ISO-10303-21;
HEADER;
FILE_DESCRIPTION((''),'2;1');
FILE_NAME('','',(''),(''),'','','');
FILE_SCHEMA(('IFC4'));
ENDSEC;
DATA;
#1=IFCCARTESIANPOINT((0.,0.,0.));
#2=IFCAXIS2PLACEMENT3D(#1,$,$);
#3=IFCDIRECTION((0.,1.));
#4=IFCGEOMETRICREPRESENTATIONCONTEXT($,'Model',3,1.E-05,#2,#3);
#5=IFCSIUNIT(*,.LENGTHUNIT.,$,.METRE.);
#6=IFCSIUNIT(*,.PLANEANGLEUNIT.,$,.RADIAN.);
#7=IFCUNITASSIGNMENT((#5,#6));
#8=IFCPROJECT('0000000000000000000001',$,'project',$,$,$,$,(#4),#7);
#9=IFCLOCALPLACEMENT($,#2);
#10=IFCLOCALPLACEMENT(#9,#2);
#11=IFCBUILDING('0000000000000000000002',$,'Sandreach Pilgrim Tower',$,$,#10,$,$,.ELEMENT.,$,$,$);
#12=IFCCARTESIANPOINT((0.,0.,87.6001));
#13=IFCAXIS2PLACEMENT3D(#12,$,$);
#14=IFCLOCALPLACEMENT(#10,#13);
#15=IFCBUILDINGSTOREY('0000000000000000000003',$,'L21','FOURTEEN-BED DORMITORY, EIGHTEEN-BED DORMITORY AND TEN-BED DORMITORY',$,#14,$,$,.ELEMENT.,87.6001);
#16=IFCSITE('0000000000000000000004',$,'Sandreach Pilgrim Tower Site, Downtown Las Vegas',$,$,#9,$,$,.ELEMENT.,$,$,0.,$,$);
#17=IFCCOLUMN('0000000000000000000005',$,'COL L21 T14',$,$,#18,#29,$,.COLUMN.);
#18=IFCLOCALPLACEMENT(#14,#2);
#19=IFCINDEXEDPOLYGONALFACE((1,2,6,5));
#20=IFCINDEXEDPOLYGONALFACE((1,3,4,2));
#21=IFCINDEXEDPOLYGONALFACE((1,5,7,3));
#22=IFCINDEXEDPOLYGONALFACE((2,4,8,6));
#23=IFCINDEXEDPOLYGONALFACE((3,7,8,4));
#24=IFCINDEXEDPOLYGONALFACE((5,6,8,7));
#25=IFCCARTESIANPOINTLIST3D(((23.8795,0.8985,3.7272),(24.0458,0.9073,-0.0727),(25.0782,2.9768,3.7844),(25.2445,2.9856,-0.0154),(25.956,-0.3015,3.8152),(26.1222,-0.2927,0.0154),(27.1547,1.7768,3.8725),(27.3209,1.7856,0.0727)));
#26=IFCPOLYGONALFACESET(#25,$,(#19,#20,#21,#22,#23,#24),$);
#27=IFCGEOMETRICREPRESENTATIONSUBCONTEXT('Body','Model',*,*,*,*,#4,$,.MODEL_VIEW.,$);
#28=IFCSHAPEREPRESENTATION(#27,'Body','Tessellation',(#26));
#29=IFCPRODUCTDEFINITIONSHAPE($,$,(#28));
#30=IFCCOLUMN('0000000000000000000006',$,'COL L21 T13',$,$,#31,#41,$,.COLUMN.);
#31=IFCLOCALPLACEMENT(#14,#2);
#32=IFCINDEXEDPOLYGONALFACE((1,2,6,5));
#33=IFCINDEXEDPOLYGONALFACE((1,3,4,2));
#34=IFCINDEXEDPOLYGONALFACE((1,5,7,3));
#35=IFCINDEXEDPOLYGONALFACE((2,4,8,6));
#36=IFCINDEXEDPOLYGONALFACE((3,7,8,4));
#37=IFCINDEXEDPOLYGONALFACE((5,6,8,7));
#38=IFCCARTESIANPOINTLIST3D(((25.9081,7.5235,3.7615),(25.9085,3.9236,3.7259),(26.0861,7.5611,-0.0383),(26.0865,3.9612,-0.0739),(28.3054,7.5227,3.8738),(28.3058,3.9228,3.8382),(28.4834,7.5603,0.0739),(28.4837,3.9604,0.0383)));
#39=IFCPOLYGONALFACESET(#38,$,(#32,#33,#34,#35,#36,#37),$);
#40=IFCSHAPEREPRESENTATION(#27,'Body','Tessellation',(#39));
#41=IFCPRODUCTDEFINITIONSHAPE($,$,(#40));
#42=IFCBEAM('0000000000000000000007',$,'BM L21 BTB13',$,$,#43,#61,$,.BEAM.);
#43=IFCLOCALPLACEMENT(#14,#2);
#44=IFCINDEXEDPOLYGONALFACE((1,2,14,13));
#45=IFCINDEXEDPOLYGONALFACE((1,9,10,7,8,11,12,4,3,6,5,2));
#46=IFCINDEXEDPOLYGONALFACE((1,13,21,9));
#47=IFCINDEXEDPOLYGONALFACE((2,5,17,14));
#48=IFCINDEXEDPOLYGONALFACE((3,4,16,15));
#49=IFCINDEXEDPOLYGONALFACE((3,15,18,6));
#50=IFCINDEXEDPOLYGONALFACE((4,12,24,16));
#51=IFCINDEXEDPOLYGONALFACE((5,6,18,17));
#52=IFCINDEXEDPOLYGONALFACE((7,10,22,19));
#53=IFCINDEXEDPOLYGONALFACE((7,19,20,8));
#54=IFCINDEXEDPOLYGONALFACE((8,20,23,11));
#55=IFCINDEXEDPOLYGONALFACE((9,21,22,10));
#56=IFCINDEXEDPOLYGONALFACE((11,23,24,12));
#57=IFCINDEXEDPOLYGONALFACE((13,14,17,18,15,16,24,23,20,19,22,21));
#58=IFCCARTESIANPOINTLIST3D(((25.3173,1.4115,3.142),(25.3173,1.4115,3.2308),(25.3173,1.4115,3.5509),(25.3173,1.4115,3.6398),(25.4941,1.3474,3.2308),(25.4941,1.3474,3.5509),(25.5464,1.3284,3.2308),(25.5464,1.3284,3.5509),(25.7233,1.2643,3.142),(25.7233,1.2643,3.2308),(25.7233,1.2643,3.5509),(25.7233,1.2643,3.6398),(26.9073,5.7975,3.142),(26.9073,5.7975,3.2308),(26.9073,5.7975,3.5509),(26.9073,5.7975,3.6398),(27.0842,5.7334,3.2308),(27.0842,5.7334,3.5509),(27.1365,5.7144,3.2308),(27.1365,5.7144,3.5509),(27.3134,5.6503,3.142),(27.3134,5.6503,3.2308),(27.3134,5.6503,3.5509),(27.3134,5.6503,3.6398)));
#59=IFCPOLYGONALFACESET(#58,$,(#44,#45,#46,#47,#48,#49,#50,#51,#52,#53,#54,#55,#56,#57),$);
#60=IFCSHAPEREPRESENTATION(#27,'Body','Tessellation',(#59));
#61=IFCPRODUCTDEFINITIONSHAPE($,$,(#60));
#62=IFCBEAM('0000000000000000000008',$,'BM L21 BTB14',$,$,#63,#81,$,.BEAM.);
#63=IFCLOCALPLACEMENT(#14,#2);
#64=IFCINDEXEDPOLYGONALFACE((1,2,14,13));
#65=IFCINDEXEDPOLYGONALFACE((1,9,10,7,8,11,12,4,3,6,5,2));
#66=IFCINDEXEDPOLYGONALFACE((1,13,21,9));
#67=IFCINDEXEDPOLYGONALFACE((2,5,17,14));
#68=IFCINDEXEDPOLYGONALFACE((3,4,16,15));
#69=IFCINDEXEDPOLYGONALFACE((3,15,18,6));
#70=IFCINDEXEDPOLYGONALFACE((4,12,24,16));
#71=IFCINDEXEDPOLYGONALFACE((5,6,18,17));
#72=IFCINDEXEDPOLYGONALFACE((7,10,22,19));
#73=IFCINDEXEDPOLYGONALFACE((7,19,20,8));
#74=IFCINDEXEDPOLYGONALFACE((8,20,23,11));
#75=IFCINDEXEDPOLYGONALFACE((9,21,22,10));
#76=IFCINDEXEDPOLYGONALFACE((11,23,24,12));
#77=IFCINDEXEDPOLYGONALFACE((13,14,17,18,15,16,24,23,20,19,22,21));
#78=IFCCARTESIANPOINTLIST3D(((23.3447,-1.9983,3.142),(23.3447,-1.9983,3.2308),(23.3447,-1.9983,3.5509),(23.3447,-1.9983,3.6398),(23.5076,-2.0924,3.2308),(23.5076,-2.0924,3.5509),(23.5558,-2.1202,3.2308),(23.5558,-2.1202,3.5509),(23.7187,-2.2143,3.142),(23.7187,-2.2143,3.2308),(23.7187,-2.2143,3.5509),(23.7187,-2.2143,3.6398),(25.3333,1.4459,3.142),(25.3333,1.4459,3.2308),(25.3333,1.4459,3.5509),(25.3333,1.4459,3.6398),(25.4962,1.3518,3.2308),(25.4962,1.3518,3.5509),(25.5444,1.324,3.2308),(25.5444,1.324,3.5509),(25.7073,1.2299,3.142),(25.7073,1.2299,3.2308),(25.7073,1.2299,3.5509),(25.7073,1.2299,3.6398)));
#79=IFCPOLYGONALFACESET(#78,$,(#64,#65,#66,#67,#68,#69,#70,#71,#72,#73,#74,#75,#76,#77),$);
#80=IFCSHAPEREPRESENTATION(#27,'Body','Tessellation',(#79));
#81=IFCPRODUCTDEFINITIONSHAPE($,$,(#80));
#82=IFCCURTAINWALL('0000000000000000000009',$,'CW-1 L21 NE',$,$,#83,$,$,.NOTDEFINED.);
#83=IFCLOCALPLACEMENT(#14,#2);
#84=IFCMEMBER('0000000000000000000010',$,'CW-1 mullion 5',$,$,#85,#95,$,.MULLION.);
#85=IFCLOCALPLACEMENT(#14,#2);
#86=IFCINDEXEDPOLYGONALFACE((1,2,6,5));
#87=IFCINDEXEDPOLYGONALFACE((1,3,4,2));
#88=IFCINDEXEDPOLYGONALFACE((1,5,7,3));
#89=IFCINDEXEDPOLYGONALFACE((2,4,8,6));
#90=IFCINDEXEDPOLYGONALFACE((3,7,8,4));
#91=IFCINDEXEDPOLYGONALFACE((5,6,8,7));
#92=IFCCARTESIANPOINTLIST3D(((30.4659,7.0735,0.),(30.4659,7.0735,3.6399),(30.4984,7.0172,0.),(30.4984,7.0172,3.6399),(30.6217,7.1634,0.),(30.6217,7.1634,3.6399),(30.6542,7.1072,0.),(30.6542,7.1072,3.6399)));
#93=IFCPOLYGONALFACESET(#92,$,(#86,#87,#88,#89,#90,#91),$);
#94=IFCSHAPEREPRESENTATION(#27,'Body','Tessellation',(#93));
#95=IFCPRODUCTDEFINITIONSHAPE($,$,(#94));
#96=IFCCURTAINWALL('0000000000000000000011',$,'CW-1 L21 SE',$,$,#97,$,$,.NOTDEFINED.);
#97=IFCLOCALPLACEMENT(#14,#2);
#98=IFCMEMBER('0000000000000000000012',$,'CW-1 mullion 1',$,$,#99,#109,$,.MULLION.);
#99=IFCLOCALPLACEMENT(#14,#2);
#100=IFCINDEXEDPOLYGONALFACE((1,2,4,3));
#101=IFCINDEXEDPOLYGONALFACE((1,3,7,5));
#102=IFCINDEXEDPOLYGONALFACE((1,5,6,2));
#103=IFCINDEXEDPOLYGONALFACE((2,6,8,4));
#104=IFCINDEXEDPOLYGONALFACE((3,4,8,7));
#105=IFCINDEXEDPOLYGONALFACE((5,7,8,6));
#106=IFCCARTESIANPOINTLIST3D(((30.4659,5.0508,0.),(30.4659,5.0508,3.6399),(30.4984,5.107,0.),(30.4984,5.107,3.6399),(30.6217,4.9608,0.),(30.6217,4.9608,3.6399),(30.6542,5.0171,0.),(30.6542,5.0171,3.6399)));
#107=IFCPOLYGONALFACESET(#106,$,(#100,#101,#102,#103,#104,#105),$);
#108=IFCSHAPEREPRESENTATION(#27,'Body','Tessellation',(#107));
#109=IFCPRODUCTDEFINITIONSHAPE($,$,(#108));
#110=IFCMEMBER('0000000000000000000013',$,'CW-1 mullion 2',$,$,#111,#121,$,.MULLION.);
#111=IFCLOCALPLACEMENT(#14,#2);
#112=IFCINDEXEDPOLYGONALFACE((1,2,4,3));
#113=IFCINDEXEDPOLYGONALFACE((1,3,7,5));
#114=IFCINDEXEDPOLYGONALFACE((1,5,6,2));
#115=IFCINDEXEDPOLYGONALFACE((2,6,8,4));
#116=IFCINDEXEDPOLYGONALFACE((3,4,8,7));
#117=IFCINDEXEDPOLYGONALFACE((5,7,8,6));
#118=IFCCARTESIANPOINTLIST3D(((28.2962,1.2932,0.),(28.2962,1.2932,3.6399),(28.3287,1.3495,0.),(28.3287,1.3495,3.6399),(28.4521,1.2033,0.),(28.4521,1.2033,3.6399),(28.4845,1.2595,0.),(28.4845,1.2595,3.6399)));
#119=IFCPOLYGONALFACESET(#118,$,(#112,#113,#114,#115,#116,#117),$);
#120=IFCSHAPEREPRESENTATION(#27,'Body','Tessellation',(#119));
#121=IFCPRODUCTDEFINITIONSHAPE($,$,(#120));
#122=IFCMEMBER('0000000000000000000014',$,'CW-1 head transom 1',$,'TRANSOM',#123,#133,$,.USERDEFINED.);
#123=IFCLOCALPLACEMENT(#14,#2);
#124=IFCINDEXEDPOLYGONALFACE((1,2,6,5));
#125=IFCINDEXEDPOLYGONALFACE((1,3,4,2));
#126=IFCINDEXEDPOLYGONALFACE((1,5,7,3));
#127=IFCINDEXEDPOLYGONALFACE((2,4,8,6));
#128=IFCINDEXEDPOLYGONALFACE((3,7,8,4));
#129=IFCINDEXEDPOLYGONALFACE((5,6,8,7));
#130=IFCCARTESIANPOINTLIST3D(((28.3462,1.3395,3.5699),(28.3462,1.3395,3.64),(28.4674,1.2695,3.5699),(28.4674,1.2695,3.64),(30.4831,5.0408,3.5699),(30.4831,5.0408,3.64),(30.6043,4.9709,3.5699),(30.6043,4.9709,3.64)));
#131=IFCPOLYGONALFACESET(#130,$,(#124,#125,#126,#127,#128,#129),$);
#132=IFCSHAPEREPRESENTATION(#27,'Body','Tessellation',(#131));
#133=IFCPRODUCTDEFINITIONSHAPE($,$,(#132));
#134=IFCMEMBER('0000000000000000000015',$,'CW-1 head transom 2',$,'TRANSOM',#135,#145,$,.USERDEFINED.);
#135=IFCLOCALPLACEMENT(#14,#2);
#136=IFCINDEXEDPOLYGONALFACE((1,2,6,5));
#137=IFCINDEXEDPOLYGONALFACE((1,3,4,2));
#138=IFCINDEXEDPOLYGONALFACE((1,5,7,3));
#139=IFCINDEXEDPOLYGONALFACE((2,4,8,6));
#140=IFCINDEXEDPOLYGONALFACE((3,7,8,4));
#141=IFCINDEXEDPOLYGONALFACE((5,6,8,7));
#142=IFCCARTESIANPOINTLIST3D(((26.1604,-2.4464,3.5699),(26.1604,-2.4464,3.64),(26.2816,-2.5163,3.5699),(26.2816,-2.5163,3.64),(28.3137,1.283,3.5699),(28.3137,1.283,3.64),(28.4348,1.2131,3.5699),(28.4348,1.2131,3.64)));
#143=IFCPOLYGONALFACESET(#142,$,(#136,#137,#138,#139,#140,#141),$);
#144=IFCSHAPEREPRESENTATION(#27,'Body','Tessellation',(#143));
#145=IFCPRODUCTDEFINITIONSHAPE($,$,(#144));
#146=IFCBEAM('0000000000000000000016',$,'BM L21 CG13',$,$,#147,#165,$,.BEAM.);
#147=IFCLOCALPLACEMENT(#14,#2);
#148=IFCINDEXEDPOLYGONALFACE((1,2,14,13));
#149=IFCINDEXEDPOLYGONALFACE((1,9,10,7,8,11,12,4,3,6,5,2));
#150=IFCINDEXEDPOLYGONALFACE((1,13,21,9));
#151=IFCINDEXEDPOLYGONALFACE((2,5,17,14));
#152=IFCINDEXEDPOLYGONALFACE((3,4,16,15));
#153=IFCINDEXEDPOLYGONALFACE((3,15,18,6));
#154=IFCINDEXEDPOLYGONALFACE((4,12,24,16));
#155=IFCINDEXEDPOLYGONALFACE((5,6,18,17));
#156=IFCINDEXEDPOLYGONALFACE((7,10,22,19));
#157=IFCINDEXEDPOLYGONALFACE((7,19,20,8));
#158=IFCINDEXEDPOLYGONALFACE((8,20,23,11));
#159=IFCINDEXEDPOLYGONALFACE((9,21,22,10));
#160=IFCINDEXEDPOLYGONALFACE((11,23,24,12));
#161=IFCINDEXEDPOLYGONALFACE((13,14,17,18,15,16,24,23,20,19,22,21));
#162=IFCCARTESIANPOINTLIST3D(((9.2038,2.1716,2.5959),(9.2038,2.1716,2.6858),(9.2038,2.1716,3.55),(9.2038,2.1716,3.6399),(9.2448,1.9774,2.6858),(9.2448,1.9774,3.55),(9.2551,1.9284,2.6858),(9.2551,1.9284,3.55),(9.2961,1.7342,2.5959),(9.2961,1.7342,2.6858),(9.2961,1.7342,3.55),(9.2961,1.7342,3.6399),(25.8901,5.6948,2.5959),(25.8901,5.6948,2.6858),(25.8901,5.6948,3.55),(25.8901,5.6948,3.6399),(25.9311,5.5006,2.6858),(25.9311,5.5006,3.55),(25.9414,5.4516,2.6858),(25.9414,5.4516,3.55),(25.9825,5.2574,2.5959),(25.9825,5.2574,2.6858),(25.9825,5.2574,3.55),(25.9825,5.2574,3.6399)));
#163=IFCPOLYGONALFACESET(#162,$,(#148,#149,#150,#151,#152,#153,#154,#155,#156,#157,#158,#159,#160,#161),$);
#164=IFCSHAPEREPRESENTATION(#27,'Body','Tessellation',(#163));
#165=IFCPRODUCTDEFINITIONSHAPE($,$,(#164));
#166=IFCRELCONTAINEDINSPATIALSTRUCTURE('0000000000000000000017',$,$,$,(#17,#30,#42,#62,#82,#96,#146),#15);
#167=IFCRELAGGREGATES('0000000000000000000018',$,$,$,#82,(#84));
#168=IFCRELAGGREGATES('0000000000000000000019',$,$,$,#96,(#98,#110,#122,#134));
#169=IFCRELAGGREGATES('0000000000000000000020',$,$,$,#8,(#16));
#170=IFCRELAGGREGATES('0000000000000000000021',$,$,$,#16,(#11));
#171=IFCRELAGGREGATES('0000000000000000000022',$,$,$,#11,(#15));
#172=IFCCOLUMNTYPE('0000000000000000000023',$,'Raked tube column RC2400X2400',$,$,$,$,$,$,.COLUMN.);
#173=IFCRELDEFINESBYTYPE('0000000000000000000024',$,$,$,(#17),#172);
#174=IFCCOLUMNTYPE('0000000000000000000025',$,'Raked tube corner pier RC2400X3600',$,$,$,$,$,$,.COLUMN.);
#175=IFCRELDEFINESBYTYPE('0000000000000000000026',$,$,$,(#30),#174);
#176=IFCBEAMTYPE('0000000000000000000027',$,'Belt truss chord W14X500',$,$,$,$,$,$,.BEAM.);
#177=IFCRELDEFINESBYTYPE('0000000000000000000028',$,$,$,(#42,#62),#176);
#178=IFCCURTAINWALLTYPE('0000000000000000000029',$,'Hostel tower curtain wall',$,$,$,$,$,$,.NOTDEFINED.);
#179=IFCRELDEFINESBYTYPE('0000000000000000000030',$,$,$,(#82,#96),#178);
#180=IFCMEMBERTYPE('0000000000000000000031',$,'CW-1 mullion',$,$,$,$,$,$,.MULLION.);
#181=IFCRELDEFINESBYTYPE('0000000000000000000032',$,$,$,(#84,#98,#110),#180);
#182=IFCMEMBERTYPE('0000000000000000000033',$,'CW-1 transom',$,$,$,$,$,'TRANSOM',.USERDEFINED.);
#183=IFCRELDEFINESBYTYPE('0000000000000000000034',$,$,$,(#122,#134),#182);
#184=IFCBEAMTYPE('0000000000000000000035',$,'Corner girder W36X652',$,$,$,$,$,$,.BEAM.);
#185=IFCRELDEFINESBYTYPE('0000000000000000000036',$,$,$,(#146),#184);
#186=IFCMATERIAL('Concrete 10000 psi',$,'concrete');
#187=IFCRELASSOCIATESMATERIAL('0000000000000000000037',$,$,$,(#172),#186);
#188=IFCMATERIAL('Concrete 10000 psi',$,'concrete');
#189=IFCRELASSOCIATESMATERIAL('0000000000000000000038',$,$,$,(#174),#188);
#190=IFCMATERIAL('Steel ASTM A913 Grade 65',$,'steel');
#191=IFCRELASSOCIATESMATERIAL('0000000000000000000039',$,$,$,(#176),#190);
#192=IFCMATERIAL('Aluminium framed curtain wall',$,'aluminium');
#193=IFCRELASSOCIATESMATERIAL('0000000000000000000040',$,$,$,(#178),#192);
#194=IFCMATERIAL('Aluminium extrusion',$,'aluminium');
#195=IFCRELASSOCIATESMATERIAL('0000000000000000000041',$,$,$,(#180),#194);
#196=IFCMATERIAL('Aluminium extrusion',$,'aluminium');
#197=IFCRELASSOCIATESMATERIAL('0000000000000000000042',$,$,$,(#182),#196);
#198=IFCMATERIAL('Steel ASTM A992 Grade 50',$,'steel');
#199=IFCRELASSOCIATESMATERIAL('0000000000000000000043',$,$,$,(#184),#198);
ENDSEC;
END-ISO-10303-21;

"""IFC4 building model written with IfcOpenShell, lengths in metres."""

from ifc_helpers import new_model, si_unit, direction, frame, origin, origin_2d, place, context, subcontext, project, spatial, rectangle, i_section, extrude, material, material_profile, profile_set, type_object, element, aggregate, save


model = new_model("IFC4")

# Units and contexts
model_context = context("Model", 3, precision=1e-05, world=origin(), true_north=direction((0.0, 1.0)))
body_context = subcontext(model_context, "Body", "Model", "MODEL_VIEW")
ifc_project = project(units=[si_unit("LENGTHUNIT", "METRE"), si_unit("PLANEANGLEUNIT", "RADIAN")], contexts=[model_context])

# Site, building, storey
site_placement = place(None, origin())
site = spatial("IfcSite", under=ifc_project, at=site_placement, Name="Sandreach Pilgrim Tower Site, Downtown Las Vegas", CompositionType="ELEMENT", RefElevation=0.0)
building_placement = place(site_placement, origin())
building = spatial("IfcBuilding", under=site, at=building_placement, Name="Sandreach Pilgrim Tower", CompositionType="ELEMENT")
storey_placement = place(building_placement, frame((0.0, 0.0, 87.6001)))
storey = spatial("IfcBuildingStorey", under=building, at=storey_placement, Name="L21", Description="FOURTEEN-BED DORMITORY, EIGHTEEN-BED DORMITORY AND TEN-BED DORMITORY", CompositionType="ELEMENT", Elevation=87.6001)

# Columns
ifc_material_1 = material(Name="Concrete 10000 psi", Category="concrete")
ifc_material_profile_1 = material_profile(ifc_material_1, rectangle(XDim=2.3999, YDim=2.3999, at=origin_2d()), Name="RC2400X2400")
ifc_profile_set_1 = profile_set([ifc_material_profile_1], Name="Concrete 10000 psi")
column_type_1 = type_object("IfcColumnType", Name="Raked tube column RC2400X2400", PredefinedType="COLUMN", material=ifc_profile_set_1)
column_1_placement = place(storey_placement, frame((25.6833, 1.3464, 0.0), z_axis=(-0.043713, -0.002311, 0.999041), x_axis=(0.865223, -0.500041, 0.036701)))
element("IfcColumn", 1, at=column_1_placement, inside=storey, type_object=column_type_1, Name="COL L21 T14", PredefinedType="COLUMN", context=body_context, shape_type="SweptSolid", body=[
    extrude(rectangle(XDim=2.3999, YDim=2.3999, at=origin_2d()), origin(), (0.0, 0.0, 1.0), 3.8035),
])
ifc_material_2 = material(Name="Concrete 10000 psi", Category="concrete")
ifc_material_profile_2 = material_profile(ifc_material_2, rectangle(XDim=2.3999, YDim=3.6001, at=origin_2d()), Name="RC2400X3600")
ifc_profile_set_2 = profile_set([ifc_material_profile_2], Name="Concrete 10000 psi")
column_type_2 = type_object("IfcColumnType", Name="Raked tube corner pier RC2400X3600", PredefinedType="COLUMN", material=ifc_profile_set_2)
column_2_placement = place(storey_placement, frame((27.2849, 5.7607, 0.0), z_axis=(-0.046785, -0.009883, 0.998856), x_axis=(0.998905, -0.000352, 0.046784)))
element("IfcColumn", 2, at=column_2_placement, inside=storey, type_object=column_type_2, Name="COL L21 T13", PredefinedType="COLUMN", context=body_context, shape_type="SweptSolid", body=[
    extrude(rectangle(XDim=2.3999, YDim=3.6001, at=origin_2d()), origin(), (0.0, 0.0, 1.0), 3.8042),
])

# Beams
ifc_material_3 = material(Name="Steel ASTM A913 Grade 65", Category="steel")
ifc_material_profile_3 = material_profile(ifc_material_3, i_section(OverallWidth=0.4319, OverallDepth=0.4978, WebThickness=0.0557, FlangeThickness=0.0889, at=origin_2d()), Name="W14X500")
ifc_profile_set_3 = profile_set([ifc_material_profile_3], Name="Steel ASTM A913 Grade 65")
beam_type_1 = type_object("IfcBeamType", Name="Belt truss chord W14X500", PredefinedType="BEAM", material=ifc_profile_set_3)
beam_1_placement = place(storey_placement, frame((27.1104, 5.7239, 3.3909), z_axis=(-0.340831, -0.940125, 0.0), x_axis=(0.940125, -0.340831, 0.0)))
element("IfcBeam", 3, at=beam_1_placement, inside=storey, type_object=beam_type_1, Name="BM L21 BTB13", PredefinedType="BEAM", context=body_context, shape_type="SweptSolid", body=[
    extrude(i_section(OverallWidth=0.4319, OverallDepth=0.4978, WebThickness=0.0557, FlangeThickness=0.0889, at=origin_2d()), origin(), (0.0, 0.0, 1.0), 4.6653),
])
beam_2_placement = place(storey_placement, frame((25.5203, 1.3379, 3.3909), z_axis=(-0.500015, -0.866017, 0.0), x_axis=(0.866017, -0.500015, 0.0)))
element("IfcBeam", 4, at=beam_2_placement, inside=storey, type_object=beam_type_1, Name="BM L21 BTB14", PredefinedType="BEAM", context=body_context, shape_type="SweptSolid", body=[
    extrude(i_section(OverallWidth=0.4319, OverallDepth=0.4978, WebThickness=0.0557, FlangeThickness=0.0889, at=origin_2d()), origin(), (0.0, 0.0, 1.0), 3.9771),
])

# Curtain wall, member
ifc_material_4 = material(Name="Aluminium framed curtain wall", Category="aluminium")
curtain_wall_type = type_object("IfcCurtainWallType", Name="Hostel tower curtain wall", PredefinedType="NOTDEFINED", material=ifc_material_4)
curtain_wall_1_placement = place(storey_placement, origin())
curtain_wall_1 = element("IfcCurtainWall", 5, at=curtain_wall_1_placement, inside=storey, type_object=curtain_wall_type, Name="CW-1 L21 NE", PredefinedType="NOTDEFINED")
ifc_material_5 = material(Name="Aluminium extrusion", Category="aluminium")
ifc_material_profile_4 = material_profile(ifc_material_5, rectangle(XDim=0.0649, YDim=0.1799, at=origin_2d()), Name="CW-1M 65X180")
ifc_profile_set_4 = profile_set([ifc_material_profile_4], Name="Aluminium extrusion")
member_type_1 = type_object("IfcMemberType", Name="CW-1 mullion", PredefinedType="MULLION", material=ifc_profile_set_4)
member_1_placement = place(storey_placement, frame((30.5601, 7.0903, 0.0), z_axis=(0.0, 0.0, 1.0), x_axis=(0.5, -0.866025, 0.0)))
member_1 = element("IfcMember", 6, at=member_1_placement, type_object=member_type_1, Name="CW-1 mullion 5", PredefinedType="MULLION", context=body_context, shape_type="SweptSolid", body=[
    extrude(rectangle(XDim=0.0649, YDim=0.1799, at=origin_2d()), origin(), (0.0, 0.0, 1.0), 3.6399),
])

# Curtain wall, members
curtain_wall_2_placement = place(storey_placement, origin())
curtain_wall_2 = element("IfcCurtainWall", 7, at=curtain_wall_2_placement, inside=storey, type_object=curtain_wall_type, Name="CW-1 L21 SE", PredefinedType="NOTDEFINED")
member_2_placement = place(storey_placement, frame((30.5601, 5.0339, 0.0), z_axis=(0.0, 0.0, 1.0), x_axis=(-0.5, -0.866025, 0.0)))
member_2 = element("IfcMember", 8, at=member_2_placement, type_object=member_type_1, Name="CW-1 mullion 1", PredefinedType="MULLION", context=body_context, shape_type="SweptSolid", body=[
    extrude(rectangle(XDim=0.0649, YDim=0.1799, at=origin_2d()), origin(), (0.0, 0.0, 1.0), 3.6399),
])
member_3_placement = place(storey_placement, frame((28.3904, 1.2764, 0.0), z_axis=(0.0, 0.0, 1.0), x_axis=(-0.5, -0.866025, 0.0)))
member_3 = element("IfcMember", 9, at=member_3_placement, type_object=member_type_1, Name="CW-1 mullion 2", PredefinedType="MULLION", context=body_context, shape_type="SweptSolid", body=[
    extrude(rectangle(XDim=0.0649, YDim=0.1799, at=origin_2d()), origin(), (0.0, 0.0, 1.0), 3.6399),
])
ifc_material_6 = material(Name="Aluminium extrusion", Category="aluminium")
ifc_material_profile_5 = material_profile(ifc_material_6, rectangle(XDim=0.1399, YDim=0.0701, at=origin_2d()), Name="CW-1T 140X70")
ifc_profile_set_5 = profile_set([ifc_material_profile_5], Name="Aluminium extrusion")
member_type_2 = type_object("IfcMemberType", Name="CW-1 transom", ElementType="TRANSOM", PredefinedType="USERDEFINED", material=ifc_profile_set_5)
member_4_placement = place(storey_placement, frame((30.5437, 5.0059, 3.605), z_axis=(-0.499991, -0.866031, 0.0), x_axis=(0.866031, -0.499991, 0.0)))
member_4 = element("IfcMember", 10, at=member_4_placement, type_object=member_type_2, Name="CW-1 head transom 1", ObjectType="TRANSOM", PredefinedType="USERDEFINED", context=body_context, shape_type="SweptSolid", body=[
    extrude(rectangle(XDim=0.1399, YDim=0.0701, at=origin_2d()), origin(), (0.0, 0.0, 1.0), 4.2739),
])
member_5_placement = place(storey_placement, frame((28.3743, 1.248, 3.605), z_axis=(-0.500017, -0.866016, 0.0), x_axis=(0.866016, -0.500017, 0.0)))
member_5 = element("IfcMember", 11, at=member_5_placement, type_object=member_type_2, Name="CW-1 head transom 2", ObjectType="TRANSOM", PredefinedType="USERDEFINED", context=body_context, shape_type="SweptSolid", body=[
    extrude(rectangle(XDim=0.1399, YDim=0.0701, at=origin_2d()), origin(), (0.0, 0.0, 1.0), 4.3064),
])

# Beam
ifc_material_7 = material(Name="Steel ASTM A992 Grade 50", Category="steel")
ifc_material_profile_6 = material_profile(ifc_material_7, i_section(OverallWidth=0.447, OverallDepth=1.0439, WebThickness=0.05, FlangeThickness=0.0898, at=origin_2d()), Name="W36X652")
ifc_profile_set_6 = profile_set([ifc_material_profile_6], Name="Steel ASTM A992 Grade 50")
beam_type_2 = type_object("IfcBeamType", Name="Corner girder W36X652", PredefinedType="BEAM", material=ifc_profile_set_6)
beam_3_placement = place(storey_placement, frame((25.9363, 5.4761, 3.1179), z_axis=(-0.978428, -0.206588, 0.0), x_axis=(0.206588, -0.978428, 0.0)))
element("IfcBeam", 12, at=beam_3_placement, inside=storey, type_object=beam_type_2, Name="BM L21 CG13", PredefinedType="BEAM", context=body_context, shape_type="SweptSolid", body=[
    extrude(i_section(OverallWidth=0.447, OverallDepth=1.0439, WebThickness=0.05, FlangeThickness=0.0898, at=origin_2d()), origin(), (0.0, 0.0, 1.0), 17.0542),
])

aggregate(curtain_wall_1, [member_1])
aggregate(curtain_wall_2, [member_2, member_3, member_4, member_5])

save(model, "model.ifc")
